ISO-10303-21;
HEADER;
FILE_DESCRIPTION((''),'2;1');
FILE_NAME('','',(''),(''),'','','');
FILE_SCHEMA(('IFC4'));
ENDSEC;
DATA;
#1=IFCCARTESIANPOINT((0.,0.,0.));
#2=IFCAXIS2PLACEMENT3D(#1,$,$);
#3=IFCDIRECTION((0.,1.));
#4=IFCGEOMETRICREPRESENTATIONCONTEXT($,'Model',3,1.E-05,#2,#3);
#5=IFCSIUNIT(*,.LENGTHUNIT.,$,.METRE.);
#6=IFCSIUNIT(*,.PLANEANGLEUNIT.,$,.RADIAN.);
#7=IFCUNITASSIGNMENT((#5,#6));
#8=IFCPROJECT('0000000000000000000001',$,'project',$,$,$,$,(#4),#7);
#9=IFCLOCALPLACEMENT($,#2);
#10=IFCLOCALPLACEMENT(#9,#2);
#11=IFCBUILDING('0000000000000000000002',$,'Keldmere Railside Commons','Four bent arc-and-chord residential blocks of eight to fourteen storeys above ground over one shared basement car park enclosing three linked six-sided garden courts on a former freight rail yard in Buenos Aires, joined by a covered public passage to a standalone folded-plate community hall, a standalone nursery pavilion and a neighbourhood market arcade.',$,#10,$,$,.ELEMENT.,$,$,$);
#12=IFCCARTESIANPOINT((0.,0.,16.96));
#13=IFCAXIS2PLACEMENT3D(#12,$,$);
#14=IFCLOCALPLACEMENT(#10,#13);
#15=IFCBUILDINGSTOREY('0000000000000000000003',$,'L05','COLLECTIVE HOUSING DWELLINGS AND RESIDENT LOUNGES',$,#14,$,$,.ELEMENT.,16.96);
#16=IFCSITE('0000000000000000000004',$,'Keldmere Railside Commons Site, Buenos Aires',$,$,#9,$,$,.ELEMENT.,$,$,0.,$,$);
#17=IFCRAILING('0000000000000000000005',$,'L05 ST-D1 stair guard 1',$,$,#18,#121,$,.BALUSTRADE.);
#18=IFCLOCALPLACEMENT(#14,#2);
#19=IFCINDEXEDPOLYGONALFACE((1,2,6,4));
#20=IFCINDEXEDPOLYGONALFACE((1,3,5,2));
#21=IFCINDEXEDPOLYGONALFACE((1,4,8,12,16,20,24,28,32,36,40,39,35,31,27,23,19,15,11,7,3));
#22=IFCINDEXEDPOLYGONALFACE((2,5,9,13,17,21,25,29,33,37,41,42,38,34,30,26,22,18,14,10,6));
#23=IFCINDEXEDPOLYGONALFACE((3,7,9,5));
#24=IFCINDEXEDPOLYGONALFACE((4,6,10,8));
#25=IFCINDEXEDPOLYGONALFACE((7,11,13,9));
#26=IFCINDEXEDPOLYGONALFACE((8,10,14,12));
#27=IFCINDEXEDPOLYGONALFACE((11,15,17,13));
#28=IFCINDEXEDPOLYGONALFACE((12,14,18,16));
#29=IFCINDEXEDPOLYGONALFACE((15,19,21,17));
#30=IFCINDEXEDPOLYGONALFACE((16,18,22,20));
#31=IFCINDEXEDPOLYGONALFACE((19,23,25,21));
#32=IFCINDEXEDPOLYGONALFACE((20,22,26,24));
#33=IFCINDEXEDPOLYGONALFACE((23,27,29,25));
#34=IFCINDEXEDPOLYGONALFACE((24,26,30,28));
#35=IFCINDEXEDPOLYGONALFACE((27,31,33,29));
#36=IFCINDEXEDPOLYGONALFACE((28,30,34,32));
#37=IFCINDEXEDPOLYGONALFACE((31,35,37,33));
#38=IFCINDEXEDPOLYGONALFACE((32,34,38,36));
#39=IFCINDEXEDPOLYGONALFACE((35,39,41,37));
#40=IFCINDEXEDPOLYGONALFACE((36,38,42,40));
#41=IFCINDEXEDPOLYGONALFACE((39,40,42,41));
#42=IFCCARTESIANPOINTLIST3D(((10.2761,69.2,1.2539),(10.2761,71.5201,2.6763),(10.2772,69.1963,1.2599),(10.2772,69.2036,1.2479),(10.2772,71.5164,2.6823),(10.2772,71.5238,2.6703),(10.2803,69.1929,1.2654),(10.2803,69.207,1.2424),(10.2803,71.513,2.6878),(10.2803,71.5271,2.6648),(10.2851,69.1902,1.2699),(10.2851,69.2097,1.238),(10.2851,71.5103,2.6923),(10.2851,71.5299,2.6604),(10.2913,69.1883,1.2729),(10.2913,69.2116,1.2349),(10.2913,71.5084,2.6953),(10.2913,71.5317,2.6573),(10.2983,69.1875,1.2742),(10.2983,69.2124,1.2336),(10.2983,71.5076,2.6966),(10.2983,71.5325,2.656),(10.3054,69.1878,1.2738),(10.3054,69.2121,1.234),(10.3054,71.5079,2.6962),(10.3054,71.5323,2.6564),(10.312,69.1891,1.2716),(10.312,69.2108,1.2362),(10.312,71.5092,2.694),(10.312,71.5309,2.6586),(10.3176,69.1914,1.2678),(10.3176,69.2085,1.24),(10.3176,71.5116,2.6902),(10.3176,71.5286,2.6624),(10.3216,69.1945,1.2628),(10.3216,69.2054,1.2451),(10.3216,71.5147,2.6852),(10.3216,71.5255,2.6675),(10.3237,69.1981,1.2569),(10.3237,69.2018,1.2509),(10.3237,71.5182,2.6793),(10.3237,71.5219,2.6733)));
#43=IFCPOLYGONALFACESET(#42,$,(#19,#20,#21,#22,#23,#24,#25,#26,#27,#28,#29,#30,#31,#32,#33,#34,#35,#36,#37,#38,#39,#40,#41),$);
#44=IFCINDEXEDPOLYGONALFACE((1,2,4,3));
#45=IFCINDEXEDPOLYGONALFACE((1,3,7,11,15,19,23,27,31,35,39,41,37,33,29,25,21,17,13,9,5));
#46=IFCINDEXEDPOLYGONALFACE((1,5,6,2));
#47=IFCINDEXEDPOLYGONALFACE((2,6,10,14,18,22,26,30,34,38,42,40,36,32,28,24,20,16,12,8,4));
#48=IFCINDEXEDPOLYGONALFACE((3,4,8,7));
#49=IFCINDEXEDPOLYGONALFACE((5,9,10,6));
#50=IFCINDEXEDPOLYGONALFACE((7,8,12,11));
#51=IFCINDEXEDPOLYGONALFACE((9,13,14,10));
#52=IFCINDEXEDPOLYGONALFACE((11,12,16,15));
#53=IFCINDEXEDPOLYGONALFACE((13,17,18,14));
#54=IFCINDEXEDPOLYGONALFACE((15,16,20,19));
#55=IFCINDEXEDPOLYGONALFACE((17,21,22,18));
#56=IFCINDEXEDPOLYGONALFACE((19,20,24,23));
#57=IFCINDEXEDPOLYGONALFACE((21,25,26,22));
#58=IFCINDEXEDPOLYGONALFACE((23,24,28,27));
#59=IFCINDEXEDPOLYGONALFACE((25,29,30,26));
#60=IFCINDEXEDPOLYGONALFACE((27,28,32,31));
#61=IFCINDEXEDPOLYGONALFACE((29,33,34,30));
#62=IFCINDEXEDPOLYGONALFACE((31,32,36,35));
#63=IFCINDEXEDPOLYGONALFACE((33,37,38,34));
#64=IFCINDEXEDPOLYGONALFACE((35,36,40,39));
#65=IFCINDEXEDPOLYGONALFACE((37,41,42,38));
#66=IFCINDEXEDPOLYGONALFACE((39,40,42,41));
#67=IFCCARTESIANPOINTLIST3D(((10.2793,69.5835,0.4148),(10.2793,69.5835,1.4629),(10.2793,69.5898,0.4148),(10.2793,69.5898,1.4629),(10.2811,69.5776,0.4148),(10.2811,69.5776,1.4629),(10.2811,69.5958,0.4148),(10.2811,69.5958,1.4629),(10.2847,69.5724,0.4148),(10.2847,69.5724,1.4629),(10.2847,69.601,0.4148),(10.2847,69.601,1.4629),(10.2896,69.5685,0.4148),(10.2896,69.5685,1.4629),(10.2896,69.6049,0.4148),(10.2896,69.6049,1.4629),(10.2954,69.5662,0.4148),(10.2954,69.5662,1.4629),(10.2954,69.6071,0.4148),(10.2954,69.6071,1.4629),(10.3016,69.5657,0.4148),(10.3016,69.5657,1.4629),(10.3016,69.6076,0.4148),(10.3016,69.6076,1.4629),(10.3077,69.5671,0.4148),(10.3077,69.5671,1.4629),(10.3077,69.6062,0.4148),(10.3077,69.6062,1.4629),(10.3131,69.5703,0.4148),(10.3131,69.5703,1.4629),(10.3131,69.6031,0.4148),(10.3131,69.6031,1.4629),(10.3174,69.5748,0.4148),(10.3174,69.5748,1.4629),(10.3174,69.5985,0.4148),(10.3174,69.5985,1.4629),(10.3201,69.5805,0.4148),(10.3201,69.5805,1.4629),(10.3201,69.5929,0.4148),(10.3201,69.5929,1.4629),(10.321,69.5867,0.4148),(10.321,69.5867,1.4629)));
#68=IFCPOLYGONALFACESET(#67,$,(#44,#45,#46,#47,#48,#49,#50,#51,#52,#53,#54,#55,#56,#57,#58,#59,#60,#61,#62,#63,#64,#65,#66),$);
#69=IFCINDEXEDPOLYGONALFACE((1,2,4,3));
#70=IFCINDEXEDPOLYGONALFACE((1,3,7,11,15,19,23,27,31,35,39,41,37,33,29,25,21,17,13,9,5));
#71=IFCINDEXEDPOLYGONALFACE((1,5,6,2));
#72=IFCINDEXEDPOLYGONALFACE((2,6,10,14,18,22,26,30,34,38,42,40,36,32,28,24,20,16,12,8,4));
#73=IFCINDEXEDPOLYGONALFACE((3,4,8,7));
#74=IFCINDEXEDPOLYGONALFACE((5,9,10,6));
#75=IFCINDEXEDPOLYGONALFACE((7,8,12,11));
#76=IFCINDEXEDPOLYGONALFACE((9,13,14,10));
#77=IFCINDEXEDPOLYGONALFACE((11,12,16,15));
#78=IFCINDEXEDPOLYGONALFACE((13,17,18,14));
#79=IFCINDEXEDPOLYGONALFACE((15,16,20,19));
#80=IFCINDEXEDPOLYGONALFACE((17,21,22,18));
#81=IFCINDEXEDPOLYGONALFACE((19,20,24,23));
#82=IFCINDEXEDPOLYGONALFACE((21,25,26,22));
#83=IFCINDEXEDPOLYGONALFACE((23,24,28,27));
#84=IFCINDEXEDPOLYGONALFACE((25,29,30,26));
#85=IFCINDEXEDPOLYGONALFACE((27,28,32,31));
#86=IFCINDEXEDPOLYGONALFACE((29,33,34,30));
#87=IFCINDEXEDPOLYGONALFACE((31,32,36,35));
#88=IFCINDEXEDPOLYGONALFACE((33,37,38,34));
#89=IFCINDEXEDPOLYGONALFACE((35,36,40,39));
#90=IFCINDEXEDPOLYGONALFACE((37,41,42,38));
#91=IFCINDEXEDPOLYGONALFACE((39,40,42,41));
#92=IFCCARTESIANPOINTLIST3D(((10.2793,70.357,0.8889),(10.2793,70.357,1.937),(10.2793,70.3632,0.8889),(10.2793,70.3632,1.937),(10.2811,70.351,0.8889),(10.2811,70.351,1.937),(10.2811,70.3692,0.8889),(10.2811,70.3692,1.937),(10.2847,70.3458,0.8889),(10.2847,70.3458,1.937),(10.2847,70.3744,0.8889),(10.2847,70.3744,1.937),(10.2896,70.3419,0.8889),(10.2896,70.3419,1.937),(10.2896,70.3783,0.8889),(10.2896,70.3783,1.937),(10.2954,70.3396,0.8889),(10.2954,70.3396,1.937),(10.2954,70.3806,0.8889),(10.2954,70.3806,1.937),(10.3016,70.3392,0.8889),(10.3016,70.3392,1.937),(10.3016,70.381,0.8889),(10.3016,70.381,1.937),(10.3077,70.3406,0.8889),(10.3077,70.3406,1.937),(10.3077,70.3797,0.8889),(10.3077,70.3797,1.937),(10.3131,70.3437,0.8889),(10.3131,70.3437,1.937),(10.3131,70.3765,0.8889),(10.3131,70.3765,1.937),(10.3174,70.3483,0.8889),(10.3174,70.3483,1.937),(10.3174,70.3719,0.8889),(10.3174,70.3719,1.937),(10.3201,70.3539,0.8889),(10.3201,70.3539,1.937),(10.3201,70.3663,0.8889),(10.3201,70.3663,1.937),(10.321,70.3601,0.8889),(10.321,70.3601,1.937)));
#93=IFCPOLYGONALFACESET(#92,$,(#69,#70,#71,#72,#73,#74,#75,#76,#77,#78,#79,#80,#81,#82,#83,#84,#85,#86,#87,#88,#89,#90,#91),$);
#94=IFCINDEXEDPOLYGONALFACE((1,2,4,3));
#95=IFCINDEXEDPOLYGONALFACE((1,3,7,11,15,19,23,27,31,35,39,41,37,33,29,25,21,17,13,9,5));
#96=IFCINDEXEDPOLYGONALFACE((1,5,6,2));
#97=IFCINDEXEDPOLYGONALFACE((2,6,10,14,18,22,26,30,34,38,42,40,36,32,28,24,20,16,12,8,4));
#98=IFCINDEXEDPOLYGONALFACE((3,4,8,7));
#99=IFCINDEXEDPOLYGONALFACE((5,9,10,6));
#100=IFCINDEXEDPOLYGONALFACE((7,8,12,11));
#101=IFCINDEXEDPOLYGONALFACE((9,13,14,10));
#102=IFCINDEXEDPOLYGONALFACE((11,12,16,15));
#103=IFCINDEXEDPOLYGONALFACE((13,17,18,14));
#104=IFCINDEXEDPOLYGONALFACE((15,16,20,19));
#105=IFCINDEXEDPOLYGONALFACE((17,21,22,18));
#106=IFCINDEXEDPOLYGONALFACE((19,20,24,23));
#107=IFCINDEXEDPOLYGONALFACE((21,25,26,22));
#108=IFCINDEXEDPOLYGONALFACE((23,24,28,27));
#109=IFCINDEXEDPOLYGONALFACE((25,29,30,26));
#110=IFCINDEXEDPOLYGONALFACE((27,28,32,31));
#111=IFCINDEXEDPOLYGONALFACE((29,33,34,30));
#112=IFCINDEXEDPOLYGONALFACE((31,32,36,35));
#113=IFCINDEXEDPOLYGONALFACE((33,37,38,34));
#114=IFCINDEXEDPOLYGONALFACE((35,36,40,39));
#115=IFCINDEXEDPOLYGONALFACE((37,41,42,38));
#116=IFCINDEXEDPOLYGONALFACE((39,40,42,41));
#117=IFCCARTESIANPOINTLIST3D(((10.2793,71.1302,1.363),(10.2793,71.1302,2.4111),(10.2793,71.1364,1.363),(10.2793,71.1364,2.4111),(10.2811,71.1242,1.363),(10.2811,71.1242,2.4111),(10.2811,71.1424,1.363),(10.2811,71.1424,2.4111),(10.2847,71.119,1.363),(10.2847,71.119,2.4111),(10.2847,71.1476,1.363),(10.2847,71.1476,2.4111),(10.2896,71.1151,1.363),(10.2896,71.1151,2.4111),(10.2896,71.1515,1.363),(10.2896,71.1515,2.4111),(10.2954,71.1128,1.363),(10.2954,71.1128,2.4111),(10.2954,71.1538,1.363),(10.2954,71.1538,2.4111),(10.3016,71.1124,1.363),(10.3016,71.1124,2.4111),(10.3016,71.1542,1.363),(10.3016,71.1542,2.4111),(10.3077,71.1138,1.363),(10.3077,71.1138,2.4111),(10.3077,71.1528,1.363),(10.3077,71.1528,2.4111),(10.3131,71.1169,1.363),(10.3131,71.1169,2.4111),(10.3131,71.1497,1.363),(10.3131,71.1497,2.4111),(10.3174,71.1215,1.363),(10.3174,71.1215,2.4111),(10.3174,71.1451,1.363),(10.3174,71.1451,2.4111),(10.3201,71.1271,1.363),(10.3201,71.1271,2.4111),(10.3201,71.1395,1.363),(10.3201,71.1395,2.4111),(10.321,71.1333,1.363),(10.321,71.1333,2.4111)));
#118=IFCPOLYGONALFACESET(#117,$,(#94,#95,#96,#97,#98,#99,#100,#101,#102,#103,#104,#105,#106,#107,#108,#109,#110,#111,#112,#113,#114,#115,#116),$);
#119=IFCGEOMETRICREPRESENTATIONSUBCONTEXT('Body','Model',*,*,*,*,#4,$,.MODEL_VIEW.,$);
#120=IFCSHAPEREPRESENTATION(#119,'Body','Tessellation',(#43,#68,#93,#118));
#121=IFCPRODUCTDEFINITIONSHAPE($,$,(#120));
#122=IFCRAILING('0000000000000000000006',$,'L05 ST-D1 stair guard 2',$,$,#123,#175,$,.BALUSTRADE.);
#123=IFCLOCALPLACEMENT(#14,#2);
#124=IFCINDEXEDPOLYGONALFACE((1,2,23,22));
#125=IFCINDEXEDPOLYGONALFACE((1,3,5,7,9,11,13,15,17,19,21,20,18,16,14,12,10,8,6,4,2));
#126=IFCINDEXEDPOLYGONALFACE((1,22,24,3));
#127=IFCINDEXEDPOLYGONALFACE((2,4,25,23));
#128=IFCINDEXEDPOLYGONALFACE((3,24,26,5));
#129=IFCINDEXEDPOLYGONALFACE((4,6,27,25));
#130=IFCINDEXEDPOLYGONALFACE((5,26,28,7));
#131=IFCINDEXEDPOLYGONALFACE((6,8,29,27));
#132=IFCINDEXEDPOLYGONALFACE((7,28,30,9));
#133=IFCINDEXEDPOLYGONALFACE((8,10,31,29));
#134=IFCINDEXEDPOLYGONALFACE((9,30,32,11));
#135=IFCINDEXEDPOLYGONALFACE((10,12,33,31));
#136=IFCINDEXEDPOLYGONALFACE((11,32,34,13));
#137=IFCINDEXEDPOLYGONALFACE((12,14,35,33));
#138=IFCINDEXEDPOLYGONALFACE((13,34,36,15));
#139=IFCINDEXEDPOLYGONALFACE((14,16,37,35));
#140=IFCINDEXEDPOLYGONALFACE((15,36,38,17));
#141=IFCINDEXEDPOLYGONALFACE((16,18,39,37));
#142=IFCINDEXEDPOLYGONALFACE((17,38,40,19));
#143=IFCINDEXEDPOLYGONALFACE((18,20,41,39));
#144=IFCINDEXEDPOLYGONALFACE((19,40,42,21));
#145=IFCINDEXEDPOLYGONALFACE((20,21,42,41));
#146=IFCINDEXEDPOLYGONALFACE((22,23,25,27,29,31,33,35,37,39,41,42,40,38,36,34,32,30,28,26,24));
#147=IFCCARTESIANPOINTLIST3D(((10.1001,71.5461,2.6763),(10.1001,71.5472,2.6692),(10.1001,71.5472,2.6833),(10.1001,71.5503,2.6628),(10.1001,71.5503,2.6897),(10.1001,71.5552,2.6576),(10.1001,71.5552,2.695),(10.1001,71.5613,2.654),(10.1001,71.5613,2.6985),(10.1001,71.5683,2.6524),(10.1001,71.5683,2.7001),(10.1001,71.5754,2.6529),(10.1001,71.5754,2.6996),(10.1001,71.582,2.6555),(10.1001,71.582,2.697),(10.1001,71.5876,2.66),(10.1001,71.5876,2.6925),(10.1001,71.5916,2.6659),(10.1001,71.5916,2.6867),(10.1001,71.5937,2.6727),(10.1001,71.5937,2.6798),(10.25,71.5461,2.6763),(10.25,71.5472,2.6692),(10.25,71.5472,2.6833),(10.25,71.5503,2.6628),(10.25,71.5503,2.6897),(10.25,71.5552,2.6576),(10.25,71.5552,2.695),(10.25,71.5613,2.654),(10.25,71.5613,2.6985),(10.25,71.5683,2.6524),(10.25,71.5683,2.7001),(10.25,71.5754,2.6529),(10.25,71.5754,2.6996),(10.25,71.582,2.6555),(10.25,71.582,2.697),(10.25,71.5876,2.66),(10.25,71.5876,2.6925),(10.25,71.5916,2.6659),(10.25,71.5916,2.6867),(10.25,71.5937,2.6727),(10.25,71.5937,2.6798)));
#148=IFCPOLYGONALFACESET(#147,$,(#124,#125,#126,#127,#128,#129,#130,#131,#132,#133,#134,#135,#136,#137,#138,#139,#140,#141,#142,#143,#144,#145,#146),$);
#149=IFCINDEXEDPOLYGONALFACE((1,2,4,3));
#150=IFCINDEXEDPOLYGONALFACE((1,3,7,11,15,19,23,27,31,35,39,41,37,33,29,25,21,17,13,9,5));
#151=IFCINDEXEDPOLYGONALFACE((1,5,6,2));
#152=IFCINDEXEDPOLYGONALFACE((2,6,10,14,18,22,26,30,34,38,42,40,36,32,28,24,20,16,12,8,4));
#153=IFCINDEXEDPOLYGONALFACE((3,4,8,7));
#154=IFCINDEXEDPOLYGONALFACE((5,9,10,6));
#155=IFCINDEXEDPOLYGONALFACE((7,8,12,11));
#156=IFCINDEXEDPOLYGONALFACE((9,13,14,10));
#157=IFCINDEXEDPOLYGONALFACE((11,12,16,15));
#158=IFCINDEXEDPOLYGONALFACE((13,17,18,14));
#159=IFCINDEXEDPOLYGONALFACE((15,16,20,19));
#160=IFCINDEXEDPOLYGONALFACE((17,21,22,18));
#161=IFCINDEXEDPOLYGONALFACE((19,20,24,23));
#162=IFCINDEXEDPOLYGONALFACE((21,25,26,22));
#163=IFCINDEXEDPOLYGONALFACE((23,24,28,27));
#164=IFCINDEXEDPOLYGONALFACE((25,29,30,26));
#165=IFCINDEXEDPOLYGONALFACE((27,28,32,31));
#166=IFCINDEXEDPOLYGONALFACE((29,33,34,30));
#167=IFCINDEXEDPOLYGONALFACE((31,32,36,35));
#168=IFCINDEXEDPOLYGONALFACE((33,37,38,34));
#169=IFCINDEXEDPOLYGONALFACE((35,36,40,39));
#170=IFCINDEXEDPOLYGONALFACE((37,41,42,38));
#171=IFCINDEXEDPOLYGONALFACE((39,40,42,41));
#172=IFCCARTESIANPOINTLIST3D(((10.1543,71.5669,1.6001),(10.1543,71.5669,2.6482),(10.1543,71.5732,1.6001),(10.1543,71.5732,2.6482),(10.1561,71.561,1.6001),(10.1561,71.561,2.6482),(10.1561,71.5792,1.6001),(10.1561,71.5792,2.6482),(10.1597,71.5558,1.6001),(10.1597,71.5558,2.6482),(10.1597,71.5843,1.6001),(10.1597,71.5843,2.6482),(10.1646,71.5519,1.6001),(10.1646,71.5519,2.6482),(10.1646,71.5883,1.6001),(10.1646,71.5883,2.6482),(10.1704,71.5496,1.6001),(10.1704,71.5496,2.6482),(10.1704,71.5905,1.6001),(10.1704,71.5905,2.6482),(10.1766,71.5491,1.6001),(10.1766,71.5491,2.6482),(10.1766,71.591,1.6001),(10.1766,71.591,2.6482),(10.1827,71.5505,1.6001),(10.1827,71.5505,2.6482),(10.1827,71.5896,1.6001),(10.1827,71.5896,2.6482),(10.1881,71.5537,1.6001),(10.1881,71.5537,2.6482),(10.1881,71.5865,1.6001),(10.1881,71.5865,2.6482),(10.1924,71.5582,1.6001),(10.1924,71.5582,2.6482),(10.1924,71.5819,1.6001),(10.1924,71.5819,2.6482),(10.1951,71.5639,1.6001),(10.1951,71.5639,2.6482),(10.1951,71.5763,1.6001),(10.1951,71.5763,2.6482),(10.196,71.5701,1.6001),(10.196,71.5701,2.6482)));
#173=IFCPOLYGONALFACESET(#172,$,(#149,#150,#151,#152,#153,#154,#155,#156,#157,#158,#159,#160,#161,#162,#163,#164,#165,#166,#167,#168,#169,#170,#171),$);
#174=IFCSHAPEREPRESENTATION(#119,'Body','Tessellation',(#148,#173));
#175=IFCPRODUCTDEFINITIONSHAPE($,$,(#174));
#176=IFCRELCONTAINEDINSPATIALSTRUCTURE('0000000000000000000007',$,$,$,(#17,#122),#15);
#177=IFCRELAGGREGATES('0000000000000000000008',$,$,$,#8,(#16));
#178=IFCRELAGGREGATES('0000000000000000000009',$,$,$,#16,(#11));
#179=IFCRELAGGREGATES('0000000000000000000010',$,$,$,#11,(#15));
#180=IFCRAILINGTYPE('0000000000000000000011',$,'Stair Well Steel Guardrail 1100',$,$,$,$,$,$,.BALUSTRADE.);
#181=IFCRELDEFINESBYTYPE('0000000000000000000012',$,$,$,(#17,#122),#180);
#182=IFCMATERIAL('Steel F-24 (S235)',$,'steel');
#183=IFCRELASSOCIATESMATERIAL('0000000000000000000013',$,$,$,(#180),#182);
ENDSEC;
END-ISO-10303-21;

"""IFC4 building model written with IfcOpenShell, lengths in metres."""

from ifc_helpers import new_model, si_unit, direction, frame, origin, origin_2d, place, context, subcontext, project, spatial, circle, extrude, material, type_object, element, save


model = new_model("IFC4")

# Units and contexts
model_context = context("Model", 3, precision=1e-05, world=origin(), true_north=direction((0.0, 1.0)))
body_context = subcontext(model_context, "Body", "Model", "MODEL_VIEW")
ifc_project = project(units=[si_unit("LENGTHUNIT", "METRE"), si_unit("PLANEANGLEUNIT", "RADIAN")], contexts=[model_context])

# Site, building, storey
site_placement = place(None, origin())
site = spatial("IfcSite", under=ifc_project, at=site_placement, Name="Keldmere Railside Commons Site, Buenos Aires", CompositionType="ELEMENT", RefElevation=0.0)
building_placement = place(site_placement, origin())
building = spatial("IfcBuilding", under=site, at=building_placement, Name="Keldmere Railside Commons", Description="Four bent arc-and-chord residential blocks of eight to fourteen storeys above ground over one shared basement car park enclosing three linked six-sided garden courts on a former freight rail yard in Buenos Aires, joined by a covered public passage to a standalone folded-plate community hall, a standalone nursery pavilion and a neighbourhood market arcade.", CompositionType="ELEMENT")
storey_placement = place(building_placement, frame((0.0, 0.0, 16.96)))
storey = spatial("IfcBuildingStorey", under=building, at=storey_placement, Name="L05", Description="COLLECTIVE HOUSING DWELLINGS AND RESIDENT LOUNGES", CompositionType="ELEMENT", Elevation=16.96)

# Railings
ifc_material_1 = material(Name="Steel F-24 (S235)", Category="steel")
railing_type_1 = type_object("IfcRailingType", Name="Stair Well Steel Guardrail 1100", PredefinedType="BALUSTRADE", material=ifc_material_1)
railing_1_placement = place(storey_placement, frame((10.3, 69.2, 0.1777)))
element("IfcRailing", 1, at=railing_1_placement, inside=storey, type_object=railing_type_1, Name="L05 ST-D1 stair guard 1", PredefinedType="BALUSTRADE", context=body_context, shape_type="SweptSolid", body=[
    extrude(circle(Radius=0.0239, at=origin_2d()), frame((0.0, 0.0, 1.0762), z_axis=(0.0, 0.852538, 0.522665), x_axis=(-1.0, 0.0, 0.0)), (0.0, 0.0, 1.0), 2.7214),
    extrude(circle(Radius=0.021, at=origin_2d()), frame((0.0, 0.3867, 0.2371)), (0.0, 0.0, 1.0), 1.0481),
    extrude(circle(Radius=0.021, at=origin_2d()), frame((0.0, 1.1602, 0.7112)), (0.0, 0.0, 1.0), 1.0481),
    extrude(circle(Radius=0.021, at=origin_2d()), frame((0.0, 1.9333, 1.1853)), (0.0, 0.0, 1.0), 1.0481),
])
railing_2_placement = place(storey_placement, frame((10.25, 71.5701, 1.6001)))
element("IfcRailing", 2, at=railing_2_placement, inside=storey, type_object=railing_type_1, Name="L05 ST-D1 stair guard 2", PredefinedType="BALUSTRADE", context=body_context, shape_type="SweptSolid", body=[
    extrude(circle(Radius=0.0239, at=origin_2d()), frame((0.0, 0.0, 1.0762), z_axis=(-1.0, 0.0, 0.0), x_axis=(0.0, -1.0, 0.0)), (0.0, 0.0, 1.0), 0.1499),
    extrude(circle(Radius=0.021, at=origin_2d()), frame((-0.075, 0.0, 0.0)), (0.0, 0.0, 1.0), 1.0481),
])

save(model, "model.ifc")
